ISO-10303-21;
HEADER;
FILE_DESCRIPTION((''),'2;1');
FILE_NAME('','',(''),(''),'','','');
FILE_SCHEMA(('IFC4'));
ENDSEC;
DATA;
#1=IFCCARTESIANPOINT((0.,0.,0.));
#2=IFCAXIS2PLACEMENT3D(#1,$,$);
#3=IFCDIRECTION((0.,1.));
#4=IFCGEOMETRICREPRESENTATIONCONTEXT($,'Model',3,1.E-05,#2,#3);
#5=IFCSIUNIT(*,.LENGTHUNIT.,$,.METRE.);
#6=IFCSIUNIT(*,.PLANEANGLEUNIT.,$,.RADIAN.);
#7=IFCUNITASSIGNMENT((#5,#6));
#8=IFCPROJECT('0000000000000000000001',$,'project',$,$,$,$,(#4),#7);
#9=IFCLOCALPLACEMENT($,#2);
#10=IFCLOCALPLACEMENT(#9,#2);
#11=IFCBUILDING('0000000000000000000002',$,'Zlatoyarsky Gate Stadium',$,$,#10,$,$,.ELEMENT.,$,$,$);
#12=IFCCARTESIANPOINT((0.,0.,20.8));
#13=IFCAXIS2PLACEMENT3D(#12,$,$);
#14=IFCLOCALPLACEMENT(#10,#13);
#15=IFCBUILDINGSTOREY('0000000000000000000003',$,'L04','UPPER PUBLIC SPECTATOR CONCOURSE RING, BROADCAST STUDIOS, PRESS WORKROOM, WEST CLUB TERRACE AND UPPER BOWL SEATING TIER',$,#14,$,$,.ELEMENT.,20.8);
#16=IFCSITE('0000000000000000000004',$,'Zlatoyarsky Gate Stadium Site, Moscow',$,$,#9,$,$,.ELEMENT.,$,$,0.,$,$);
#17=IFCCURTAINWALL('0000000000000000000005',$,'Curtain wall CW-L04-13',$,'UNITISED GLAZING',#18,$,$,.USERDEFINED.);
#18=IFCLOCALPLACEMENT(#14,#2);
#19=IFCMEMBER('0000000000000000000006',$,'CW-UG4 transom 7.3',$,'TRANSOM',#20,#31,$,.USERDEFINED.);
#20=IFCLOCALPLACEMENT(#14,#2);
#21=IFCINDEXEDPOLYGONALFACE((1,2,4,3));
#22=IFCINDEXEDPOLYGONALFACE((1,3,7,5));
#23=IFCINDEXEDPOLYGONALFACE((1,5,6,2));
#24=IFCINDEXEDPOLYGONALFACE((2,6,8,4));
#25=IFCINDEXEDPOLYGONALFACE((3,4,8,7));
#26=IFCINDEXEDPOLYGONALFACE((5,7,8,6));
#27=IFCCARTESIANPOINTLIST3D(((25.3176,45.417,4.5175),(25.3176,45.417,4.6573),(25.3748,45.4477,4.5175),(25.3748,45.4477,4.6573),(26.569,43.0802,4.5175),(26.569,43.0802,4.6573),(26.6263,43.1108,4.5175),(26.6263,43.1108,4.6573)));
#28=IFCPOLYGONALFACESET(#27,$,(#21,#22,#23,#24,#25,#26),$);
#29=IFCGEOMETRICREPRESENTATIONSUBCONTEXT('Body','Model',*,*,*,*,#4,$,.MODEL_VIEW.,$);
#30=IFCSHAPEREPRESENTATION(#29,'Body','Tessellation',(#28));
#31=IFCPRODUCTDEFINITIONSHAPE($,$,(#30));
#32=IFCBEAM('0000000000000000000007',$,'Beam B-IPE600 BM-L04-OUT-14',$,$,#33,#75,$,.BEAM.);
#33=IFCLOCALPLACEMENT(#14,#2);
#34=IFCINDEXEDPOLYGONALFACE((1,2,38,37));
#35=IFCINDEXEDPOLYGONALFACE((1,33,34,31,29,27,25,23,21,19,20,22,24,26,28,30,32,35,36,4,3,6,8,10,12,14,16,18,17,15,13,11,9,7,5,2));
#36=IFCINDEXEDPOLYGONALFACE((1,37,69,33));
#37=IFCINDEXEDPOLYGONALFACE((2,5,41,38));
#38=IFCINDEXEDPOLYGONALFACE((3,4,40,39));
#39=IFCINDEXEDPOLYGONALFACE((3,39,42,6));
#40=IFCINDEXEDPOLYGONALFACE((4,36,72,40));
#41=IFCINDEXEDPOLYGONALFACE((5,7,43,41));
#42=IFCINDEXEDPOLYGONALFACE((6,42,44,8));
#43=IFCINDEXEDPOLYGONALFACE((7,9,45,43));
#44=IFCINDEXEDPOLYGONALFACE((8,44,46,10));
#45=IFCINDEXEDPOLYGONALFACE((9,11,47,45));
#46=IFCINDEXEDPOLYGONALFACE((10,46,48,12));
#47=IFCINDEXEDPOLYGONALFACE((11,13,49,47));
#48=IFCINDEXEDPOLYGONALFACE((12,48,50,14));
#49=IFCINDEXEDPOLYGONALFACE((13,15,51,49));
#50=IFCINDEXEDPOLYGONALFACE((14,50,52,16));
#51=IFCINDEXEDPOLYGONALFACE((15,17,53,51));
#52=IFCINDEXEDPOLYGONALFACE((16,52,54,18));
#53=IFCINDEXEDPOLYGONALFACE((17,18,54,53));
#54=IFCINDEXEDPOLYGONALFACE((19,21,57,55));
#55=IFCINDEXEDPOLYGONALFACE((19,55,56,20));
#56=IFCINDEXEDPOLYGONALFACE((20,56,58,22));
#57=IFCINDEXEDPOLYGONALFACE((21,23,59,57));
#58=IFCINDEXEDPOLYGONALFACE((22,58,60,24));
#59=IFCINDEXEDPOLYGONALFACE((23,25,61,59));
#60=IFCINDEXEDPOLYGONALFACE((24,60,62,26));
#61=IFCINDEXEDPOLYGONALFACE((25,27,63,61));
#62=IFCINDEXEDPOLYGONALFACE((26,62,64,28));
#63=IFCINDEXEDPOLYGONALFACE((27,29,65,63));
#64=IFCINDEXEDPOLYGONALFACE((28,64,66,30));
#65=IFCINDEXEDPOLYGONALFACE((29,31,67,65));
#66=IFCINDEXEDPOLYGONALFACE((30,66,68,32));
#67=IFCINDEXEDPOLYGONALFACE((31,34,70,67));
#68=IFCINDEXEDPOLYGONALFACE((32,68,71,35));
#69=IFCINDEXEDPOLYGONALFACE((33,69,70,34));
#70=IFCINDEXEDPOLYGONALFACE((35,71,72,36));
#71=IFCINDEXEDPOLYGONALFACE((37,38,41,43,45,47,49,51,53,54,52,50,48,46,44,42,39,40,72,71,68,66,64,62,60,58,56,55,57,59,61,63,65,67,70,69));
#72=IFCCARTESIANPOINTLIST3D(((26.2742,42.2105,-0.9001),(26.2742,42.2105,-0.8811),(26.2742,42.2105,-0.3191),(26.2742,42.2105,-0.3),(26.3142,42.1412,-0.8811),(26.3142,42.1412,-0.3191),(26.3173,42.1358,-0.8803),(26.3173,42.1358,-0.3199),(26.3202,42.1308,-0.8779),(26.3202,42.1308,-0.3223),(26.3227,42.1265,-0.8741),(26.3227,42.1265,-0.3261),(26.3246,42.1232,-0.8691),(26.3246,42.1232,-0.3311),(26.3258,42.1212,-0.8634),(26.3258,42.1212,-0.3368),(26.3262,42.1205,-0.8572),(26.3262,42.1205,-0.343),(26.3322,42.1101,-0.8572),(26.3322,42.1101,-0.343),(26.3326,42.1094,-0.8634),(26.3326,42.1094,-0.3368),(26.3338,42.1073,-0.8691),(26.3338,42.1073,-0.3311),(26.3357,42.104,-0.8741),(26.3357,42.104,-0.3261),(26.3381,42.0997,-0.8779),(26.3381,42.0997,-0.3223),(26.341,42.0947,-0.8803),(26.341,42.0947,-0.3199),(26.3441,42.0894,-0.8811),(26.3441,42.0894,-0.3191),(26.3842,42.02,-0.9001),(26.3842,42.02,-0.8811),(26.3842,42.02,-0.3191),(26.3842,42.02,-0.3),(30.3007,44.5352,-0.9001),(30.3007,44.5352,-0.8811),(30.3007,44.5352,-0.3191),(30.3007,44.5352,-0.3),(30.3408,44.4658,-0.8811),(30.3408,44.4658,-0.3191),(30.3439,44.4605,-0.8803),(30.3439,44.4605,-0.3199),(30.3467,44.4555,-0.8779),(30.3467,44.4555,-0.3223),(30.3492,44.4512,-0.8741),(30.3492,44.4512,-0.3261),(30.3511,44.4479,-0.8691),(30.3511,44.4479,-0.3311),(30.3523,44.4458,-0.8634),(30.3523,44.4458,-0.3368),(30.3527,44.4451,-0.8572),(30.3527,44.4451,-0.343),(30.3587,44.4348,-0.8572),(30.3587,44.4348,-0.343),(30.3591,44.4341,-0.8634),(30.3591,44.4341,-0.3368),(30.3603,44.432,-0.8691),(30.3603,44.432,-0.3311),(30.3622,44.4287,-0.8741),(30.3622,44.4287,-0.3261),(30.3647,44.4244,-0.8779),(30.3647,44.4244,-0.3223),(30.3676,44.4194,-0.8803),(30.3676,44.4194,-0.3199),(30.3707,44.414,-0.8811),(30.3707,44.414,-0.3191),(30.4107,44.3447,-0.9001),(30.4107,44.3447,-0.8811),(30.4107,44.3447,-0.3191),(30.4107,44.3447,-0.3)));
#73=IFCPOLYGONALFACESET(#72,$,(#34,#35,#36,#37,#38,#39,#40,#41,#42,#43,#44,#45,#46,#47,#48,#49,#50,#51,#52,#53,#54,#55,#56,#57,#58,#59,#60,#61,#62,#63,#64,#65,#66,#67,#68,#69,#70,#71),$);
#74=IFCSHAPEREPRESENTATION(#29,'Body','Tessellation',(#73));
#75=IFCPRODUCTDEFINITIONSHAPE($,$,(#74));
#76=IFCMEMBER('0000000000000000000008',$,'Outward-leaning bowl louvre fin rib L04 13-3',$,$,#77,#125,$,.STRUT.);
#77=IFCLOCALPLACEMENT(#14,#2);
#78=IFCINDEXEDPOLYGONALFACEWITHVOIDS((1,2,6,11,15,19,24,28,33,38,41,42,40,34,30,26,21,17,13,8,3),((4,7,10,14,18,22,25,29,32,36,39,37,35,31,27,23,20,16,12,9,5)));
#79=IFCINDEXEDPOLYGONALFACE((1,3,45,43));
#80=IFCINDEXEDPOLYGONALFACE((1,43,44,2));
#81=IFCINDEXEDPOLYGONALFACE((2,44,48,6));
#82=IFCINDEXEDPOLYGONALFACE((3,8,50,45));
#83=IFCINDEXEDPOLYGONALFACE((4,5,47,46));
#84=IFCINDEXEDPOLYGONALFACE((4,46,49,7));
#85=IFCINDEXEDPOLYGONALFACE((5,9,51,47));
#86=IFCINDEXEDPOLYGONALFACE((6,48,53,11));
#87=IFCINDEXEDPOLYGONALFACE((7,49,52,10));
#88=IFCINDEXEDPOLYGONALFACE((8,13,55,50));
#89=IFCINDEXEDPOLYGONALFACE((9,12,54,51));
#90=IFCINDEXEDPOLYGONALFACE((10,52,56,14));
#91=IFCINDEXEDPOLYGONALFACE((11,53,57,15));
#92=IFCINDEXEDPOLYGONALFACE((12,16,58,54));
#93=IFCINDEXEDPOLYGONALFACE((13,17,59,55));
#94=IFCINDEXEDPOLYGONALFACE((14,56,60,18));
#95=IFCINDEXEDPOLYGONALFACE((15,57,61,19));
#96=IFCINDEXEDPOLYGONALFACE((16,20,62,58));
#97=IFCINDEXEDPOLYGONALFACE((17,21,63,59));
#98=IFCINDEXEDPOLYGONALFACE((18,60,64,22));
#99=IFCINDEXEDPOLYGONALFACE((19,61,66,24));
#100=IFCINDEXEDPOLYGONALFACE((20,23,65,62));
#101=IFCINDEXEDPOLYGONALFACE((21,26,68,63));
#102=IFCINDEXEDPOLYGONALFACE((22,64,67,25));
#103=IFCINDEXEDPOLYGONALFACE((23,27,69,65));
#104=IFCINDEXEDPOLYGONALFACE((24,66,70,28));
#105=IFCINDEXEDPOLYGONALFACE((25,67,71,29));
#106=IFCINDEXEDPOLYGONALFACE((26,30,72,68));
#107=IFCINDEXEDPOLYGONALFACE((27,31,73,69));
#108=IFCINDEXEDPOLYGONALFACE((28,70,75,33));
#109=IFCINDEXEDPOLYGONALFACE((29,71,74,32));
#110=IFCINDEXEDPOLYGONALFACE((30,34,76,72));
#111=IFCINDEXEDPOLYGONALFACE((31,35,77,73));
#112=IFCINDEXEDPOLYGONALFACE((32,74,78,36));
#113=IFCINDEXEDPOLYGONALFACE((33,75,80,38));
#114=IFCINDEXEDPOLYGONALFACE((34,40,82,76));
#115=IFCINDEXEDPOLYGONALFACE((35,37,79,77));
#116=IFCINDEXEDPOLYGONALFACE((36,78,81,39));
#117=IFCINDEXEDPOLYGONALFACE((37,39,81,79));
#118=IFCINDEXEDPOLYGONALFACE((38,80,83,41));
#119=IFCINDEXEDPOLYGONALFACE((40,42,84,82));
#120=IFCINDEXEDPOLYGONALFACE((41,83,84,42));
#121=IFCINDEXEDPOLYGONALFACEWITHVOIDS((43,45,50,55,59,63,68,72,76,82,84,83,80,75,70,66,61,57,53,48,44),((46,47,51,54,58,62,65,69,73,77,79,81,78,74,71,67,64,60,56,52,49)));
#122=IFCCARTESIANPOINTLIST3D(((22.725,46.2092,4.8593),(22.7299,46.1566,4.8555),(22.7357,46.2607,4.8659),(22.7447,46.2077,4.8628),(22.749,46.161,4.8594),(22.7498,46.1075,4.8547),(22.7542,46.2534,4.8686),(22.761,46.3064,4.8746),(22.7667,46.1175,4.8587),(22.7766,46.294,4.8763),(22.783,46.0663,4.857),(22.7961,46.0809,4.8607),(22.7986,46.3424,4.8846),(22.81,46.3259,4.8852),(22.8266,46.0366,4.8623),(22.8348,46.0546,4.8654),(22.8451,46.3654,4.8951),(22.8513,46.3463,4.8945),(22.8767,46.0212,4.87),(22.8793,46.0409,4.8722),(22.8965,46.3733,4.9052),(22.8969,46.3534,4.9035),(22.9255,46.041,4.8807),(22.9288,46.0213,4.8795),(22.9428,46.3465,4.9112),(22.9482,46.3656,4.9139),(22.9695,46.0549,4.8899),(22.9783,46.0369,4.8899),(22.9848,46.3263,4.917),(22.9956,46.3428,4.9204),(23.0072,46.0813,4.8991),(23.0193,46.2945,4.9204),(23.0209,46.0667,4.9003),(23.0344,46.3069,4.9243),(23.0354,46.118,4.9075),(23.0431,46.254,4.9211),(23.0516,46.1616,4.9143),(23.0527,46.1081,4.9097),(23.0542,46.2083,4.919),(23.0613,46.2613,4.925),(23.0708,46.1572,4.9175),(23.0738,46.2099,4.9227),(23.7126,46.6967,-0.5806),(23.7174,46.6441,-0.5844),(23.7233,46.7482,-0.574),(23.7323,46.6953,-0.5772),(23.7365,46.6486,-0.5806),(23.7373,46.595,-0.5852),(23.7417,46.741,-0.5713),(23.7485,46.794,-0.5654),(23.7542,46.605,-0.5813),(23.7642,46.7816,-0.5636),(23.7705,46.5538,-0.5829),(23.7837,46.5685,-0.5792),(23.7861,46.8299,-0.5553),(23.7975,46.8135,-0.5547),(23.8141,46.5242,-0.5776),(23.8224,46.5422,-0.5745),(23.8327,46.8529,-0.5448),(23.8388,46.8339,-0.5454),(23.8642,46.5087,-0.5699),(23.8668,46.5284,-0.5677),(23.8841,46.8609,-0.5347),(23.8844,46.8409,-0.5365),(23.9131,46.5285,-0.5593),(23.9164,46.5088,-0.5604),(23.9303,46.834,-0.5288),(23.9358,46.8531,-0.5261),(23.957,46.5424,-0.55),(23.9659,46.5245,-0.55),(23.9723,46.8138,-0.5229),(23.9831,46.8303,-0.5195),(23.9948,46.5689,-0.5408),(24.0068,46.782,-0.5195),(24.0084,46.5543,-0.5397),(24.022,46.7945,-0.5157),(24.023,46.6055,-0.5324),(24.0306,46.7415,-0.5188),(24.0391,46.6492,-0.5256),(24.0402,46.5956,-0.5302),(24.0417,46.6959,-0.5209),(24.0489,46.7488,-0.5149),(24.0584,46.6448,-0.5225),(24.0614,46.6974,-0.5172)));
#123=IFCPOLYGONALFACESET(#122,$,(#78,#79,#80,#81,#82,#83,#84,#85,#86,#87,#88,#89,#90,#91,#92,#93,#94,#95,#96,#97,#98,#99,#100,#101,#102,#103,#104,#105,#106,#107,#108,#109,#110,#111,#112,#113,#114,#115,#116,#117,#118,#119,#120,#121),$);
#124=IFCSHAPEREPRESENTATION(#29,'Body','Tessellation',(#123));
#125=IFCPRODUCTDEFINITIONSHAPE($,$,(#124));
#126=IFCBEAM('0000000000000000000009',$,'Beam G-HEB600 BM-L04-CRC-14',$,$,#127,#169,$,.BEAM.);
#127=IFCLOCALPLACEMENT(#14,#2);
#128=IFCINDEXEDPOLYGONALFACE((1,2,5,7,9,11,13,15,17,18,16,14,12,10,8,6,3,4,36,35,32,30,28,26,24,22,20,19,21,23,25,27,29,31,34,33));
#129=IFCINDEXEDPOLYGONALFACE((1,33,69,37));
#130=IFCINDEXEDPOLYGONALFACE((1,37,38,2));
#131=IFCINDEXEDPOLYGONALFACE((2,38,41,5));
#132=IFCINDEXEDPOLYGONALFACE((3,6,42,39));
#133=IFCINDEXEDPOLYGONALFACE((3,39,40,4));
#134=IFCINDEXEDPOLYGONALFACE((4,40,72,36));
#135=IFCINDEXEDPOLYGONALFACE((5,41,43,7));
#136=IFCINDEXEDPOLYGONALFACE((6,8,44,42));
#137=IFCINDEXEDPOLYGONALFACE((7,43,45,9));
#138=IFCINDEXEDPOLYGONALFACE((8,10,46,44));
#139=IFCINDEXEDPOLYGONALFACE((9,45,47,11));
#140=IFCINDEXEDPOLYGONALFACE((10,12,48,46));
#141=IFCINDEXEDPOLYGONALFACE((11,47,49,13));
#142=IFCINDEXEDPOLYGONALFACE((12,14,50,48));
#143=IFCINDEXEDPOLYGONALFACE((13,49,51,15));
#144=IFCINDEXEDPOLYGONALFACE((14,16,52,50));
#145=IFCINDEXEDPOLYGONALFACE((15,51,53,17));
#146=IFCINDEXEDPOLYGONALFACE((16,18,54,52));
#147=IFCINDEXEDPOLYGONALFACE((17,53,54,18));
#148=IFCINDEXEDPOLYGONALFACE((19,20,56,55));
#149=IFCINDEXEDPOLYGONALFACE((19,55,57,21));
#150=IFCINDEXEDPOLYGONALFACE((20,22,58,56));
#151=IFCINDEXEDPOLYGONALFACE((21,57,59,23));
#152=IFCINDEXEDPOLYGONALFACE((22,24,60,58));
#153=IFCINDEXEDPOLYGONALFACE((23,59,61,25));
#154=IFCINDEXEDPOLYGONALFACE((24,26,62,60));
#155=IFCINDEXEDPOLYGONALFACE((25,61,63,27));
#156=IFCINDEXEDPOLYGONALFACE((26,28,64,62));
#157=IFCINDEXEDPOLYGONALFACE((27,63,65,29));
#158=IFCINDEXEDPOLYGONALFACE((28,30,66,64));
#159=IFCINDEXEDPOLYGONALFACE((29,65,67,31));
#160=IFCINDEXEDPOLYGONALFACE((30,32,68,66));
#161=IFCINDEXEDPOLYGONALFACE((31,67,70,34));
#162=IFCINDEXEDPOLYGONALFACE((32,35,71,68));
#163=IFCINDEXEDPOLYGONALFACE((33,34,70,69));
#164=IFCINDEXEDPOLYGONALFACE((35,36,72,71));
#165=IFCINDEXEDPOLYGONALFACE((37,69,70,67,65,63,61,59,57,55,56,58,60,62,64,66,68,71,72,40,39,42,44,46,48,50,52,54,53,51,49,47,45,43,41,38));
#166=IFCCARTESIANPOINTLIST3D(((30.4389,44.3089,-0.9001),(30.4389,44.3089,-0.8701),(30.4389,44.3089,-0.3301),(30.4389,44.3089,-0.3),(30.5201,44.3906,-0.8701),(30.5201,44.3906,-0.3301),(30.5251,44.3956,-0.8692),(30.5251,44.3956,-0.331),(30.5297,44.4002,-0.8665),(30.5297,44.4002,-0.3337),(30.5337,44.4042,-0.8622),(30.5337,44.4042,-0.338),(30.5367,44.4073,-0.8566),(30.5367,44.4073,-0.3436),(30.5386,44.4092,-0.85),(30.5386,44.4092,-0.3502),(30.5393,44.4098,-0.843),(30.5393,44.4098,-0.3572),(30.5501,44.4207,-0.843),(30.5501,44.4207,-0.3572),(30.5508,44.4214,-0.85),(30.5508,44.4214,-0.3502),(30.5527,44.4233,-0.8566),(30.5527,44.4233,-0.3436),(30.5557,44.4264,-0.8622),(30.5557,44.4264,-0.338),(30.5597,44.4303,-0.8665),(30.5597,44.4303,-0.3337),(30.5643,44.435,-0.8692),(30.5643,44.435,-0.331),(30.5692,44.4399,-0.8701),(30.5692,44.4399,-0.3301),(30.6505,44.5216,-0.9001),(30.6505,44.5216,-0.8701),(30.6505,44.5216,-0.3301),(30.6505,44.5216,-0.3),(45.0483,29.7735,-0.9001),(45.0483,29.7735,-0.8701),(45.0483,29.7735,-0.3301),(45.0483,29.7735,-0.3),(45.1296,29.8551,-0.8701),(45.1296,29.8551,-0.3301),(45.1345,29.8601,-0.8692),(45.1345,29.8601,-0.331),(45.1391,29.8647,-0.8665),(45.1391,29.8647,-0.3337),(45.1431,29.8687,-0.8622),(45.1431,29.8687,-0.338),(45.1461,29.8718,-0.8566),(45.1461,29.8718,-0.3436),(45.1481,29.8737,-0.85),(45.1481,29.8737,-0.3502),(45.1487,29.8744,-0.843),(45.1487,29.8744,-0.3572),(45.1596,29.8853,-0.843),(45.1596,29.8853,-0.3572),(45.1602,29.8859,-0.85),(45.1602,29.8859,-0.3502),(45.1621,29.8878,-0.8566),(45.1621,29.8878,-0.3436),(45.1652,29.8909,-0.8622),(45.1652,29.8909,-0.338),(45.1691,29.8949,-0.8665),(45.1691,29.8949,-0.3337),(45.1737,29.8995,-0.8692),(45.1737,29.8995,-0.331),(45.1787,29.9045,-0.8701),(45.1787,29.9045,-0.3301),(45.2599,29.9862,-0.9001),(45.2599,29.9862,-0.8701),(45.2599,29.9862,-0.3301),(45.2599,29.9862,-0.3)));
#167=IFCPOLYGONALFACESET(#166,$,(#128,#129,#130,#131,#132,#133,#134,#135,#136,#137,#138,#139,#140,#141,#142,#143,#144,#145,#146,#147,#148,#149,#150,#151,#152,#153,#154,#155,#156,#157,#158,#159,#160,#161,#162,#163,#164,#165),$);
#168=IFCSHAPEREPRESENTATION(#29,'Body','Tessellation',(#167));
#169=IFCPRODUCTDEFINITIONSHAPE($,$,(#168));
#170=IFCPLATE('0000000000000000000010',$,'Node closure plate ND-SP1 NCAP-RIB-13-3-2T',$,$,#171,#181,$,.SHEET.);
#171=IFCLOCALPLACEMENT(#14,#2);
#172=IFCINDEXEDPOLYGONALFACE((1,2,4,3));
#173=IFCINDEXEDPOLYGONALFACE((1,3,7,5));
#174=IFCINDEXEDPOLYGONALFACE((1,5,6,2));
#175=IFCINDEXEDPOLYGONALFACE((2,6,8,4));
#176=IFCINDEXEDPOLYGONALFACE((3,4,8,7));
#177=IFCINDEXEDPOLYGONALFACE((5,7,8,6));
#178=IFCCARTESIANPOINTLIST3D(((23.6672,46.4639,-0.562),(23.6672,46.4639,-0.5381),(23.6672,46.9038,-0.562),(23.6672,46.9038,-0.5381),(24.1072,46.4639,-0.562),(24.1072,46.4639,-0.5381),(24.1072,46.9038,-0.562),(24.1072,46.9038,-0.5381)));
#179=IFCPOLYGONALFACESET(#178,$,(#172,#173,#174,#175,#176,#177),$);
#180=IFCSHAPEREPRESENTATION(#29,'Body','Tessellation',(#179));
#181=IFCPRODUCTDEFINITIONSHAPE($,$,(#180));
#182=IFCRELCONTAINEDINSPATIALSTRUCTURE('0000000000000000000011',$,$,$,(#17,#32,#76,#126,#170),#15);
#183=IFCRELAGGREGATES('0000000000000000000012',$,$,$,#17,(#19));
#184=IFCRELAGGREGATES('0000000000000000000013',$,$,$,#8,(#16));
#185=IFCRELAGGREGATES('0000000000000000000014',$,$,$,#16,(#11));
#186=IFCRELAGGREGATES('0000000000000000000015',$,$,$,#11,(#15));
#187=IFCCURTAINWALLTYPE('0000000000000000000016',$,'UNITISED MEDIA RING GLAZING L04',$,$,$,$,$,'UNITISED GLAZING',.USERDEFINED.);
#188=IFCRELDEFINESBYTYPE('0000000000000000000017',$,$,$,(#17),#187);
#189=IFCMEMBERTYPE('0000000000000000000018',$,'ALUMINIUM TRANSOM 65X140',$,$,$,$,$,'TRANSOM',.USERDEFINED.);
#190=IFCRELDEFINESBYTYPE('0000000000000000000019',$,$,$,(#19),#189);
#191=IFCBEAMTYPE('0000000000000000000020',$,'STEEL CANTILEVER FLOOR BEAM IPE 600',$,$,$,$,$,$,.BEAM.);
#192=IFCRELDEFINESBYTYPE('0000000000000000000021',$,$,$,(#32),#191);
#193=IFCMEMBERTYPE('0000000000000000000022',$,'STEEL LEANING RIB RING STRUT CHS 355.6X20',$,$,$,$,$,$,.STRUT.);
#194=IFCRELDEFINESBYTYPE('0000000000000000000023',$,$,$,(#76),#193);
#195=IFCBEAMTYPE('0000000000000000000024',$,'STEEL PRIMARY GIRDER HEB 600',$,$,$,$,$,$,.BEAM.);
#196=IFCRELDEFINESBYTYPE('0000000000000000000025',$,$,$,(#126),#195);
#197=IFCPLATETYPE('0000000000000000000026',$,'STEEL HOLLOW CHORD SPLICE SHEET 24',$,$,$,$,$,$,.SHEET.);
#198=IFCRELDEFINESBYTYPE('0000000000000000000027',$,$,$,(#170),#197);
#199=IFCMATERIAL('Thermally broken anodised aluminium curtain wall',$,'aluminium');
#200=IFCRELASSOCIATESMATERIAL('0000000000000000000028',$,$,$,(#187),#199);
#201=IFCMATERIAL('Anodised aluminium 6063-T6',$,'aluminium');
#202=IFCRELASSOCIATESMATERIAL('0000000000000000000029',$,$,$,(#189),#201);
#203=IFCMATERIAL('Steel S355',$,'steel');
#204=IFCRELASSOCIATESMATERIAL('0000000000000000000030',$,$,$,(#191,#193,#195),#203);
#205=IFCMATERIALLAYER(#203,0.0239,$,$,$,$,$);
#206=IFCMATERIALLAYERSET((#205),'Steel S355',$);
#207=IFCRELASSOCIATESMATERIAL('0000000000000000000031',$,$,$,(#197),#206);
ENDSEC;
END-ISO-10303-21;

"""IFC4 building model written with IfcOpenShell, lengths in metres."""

from ifc_helpers import new_model, si_unit, direction, frame, origin, origin_2d, place, context, subcontext, project, spatial, rectangle, hollow_circle, i_section, extrude, material, layer, layer_set, material_profile, profile_set, type_object, element, aggregate, save


model = new_model("IFC4")

# Units and contexts
model_context = context("Model", 3, precision=1e-05, world=origin(), true_north=direction((0.0, 1.0)))
body_context = subcontext(model_context, "Body", "Model", "MODEL_VIEW")
ifc_project = project(units=[si_unit("LENGTHUNIT", "METRE"), si_unit("PLANEANGLEUNIT", "RADIAN")], contexts=[model_context])

# Site, building, storey
site_placement = place(None, origin())
site = spatial("IfcSite", under=ifc_project, at=site_placement, Name="Zlatoyarsky Gate Stadium Site, Moscow", CompositionType="ELEMENT", RefElevation=0.0)
building_placement = place(site_placement, origin())
building = spatial("IfcBuilding", under=site, at=building_placement, Name="Zlatoyarsky Gate Stadium", CompositionType="ELEMENT")
storey_placement = place(building_placement, frame((0.0, 0.0, 20.8)))
storey = spatial("IfcBuildingStorey", under=building, at=storey_placement, Name="L04", Description="UPPER PUBLIC SPECTATOR CONCOURSE RING, BROADCAST STUDIOS, PRESS WORKROOM, WEST CLUB TERRACE AND UPPER BOWL SEATING TIER", CompositionType="ELEMENT", Elevation=20.8)

# Shared definitions
ifc_material_1 = material(Name="Steel S355", Category="steel")

# Curtain wall, member
ifc_material_2 = material(Name="Thermally broken anodised aluminium curtain wall", Category="aluminium")
curtain_wall_type = type_object("IfcCurtainWallType", Name="UNITISED MEDIA RING GLAZING L04", ElementType="UNITISED GLAZING", PredefinedType="USERDEFINED", material=ifc_material_2)
curtain_wall_placement = place(storey_placement, origin())
curtain_wall = element("IfcCurtainWall", 1, at=curtain_wall_placement, inside=storey, type_object=curtain_wall_type, Name="Curtain wall CW-L04-13", ObjectType="UNITISED GLAZING", PredefinedType="USERDEFINED")
ifc_material_3 = material(Name="Anodised aluminium 6063-T6", Category="aluminium")
ifc_material_profile_1 = material_profile(ifc_material_3, rectangle(XDim=0.0649, YDim=0.1399, at=origin_2d()), Name="ALU 65X140")
ifc_profile_set_1 = profile_set([ifc_material_profile_1], Name="Anodised aluminium 6063-T6")
member_type_1 = type_object("IfcMemberType", Name="ALUMINIUM TRANSOM 65X140", ElementType="TRANSOM", PredefinedType="USERDEFINED", material=ifc_profile_set_1)
member_1_placement = place(storey_placement, frame((25.3462, 45.4324, 4.5874), z_axis=(0.472089, -0.881551, 0.0), x_axis=(0.881551, 0.472089, 0.0)))
member_1 = element("IfcMember", 2, at=member_1_placement, type_object=member_type_1, Name="CW-UG4 transom 7.3", ObjectType="TRANSOM", PredefinedType="USERDEFINED", context=body_context, shape_type="SweptSolid", body=[
    extrude(rectangle(XDim=0.0649, YDim=0.1399, at=origin_2d()), origin(), (0.0, 0.0, 1.0), 2.6509),
])

# Beam
ifc_material_profile_2 = material_profile(ifc_material_1, i_section(OverallWidth=0.22, OverallDepth=0.6001, WebThickness=0.012, FlangeThickness=0.019, FilletRadius=0.0239, at=origin_2d()), Name="IPE 600")
ifc_profile_set_2 = profile_set([ifc_material_profile_2], Name="Steel S355")
beam_type_1 = type_object("IfcBeamType", Name="STEEL CANTILEVER FLOOR BEAM IPE 600", PredefinedType="BEAM", material=ifc_profile_set_2)
beam_1_placement = place(storey_placement, frame((30.3557, 44.4399, -0.6001), z_axis=(-0.866031, -0.499991, 0.0), x_axis=(0.499991, -0.866031, 0.0)))
element("IfcBeam", 3, at=beam_1_placement, inside=storey, type_object=beam_type_1, Name="Beam B-IPE600 BM-L04-OUT-14", PredefinedType="BEAM", context=body_context, shape_type="SweptSolid", body=[
    extrude(i_section(OverallWidth=0.22, OverallDepth=0.6001, WebThickness=0.012, FlangeThickness=0.019, FilletRadius=0.0239, at=origin_2d()), origin(), (0.0, 0.0, 1.0), 4.6494),
])

# Member
ifc_material_profile_3 = material_profile(ifc_material_1, hollow_circle(Radius=0.1777, WallThickness=0.02, at=origin_2d()), Name="CHS 355.6X20")
ifc_profile_set_3 = profile_set([ifc_material_profile_3], Name="Steel S355")
member_type_2 = type_object("IfcMemberType", Name="STEEL LEANING RIB RING STRUT CHS 355.6X20", PredefinedType="STRUT", material=ifc_profile_set_3)
member_2_placement = place(storey_placement, frame((23.8872, 46.6838, -0.55), z_axis=(-0.177927, -0.087842, 0.980115), x_axis=(0.442686, -0.896677, 0.0)))
element("IfcMember", 4, at=member_2_placement, inside=storey, type_object=member_type_2, Name="Outward-leaning bowl louvre fin rib L04 13-3", PredefinedType="STRUT", context=body_context, shape_type="SweptSolid", body=[
    extrude(hollow_circle(Radius=0.1777, WallThickness=0.02, at=origin_2d()), origin(), (0.0, 0.0, 1.0), 5.5503),
])

# Beam
ifc_material_profile_4 = material_profile(ifc_material_1, i_section(OverallWidth=0.3, OverallDepth=0.6001, WebThickness=0.0154, FlangeThickness=0.03, FilletRadius=0.0271, at=origin_2d()), Name="HEB 600")
ifc_profile_set_4 = profile_set([ifc_material_profile_4], Name="Steel S355")
beam_type_2 = type_object("IfcBeamType", Name="STEEL PRIMARY GIRDER HEB 600", PredefinedType="BEAM", material=ifc_profile_set_4)
beam_2_placement = place(storey_placement, frame((30.5447, 44.4153, -0.6001), z_axis=(0.708899, -0.70531, 0.0), x_axis=(0.70531, 0.708899, 0.0)))
element("IfcBeam", 5, at=beam_2_placement, inside=storey, type_object=beam_type_2, Name="Beam G-HEB600 BM-L04-CRC-14", PredefinedType="BEAM", context=body_context, shape_type="SweptSolid", body=[
    extrude(i_section(OverallWidth=0.3, OverallDepth=0.6001, WebThickness=0.0154, FlangeThickness=0.03, FilletRadius=0.0271, at=origin_2d()), origin(), (0.0, 0.0, 1.0), 20.6086),
])

# Plate
ifc_layer_1 = layer(ifc_material_1, 0.0239)
ifc_layer_set_1 = layer_set([ifc_layer_1], Name="Steel S355")
plate_type_1 = type_object("IfcPlateType", Name="STEEL HOLLOW CHORD SPLICE SHEET 24", PredefinedType="SHEET", material=ifc_layer_set_1)
plate_1_placement = place(storey_placement, frame((23.8872, 46.6838, -0.562), z_axis=(0.0, 0.0, 1.0), x_axis=(1.0, 0.0, 0.0)))
element("IfcPlate", 6, at=plate_1_placement, inside=storey, type_object=plate_type_1, Name="Node closure plate ND-SP1 NCAP-RIB-13-3-2T", PredefinedType="SHEET", context=body_context, shape_type="SweptSolid", body=[
    extrude(rectangle(XDim=0.4399, YDim=0.4399, at=origin_2d()), origin(), (0.0, 0.0, 1.0), 0.0239),
])
aggregate(curtain_wall, [member_1])

save(model, "model.ifc")
